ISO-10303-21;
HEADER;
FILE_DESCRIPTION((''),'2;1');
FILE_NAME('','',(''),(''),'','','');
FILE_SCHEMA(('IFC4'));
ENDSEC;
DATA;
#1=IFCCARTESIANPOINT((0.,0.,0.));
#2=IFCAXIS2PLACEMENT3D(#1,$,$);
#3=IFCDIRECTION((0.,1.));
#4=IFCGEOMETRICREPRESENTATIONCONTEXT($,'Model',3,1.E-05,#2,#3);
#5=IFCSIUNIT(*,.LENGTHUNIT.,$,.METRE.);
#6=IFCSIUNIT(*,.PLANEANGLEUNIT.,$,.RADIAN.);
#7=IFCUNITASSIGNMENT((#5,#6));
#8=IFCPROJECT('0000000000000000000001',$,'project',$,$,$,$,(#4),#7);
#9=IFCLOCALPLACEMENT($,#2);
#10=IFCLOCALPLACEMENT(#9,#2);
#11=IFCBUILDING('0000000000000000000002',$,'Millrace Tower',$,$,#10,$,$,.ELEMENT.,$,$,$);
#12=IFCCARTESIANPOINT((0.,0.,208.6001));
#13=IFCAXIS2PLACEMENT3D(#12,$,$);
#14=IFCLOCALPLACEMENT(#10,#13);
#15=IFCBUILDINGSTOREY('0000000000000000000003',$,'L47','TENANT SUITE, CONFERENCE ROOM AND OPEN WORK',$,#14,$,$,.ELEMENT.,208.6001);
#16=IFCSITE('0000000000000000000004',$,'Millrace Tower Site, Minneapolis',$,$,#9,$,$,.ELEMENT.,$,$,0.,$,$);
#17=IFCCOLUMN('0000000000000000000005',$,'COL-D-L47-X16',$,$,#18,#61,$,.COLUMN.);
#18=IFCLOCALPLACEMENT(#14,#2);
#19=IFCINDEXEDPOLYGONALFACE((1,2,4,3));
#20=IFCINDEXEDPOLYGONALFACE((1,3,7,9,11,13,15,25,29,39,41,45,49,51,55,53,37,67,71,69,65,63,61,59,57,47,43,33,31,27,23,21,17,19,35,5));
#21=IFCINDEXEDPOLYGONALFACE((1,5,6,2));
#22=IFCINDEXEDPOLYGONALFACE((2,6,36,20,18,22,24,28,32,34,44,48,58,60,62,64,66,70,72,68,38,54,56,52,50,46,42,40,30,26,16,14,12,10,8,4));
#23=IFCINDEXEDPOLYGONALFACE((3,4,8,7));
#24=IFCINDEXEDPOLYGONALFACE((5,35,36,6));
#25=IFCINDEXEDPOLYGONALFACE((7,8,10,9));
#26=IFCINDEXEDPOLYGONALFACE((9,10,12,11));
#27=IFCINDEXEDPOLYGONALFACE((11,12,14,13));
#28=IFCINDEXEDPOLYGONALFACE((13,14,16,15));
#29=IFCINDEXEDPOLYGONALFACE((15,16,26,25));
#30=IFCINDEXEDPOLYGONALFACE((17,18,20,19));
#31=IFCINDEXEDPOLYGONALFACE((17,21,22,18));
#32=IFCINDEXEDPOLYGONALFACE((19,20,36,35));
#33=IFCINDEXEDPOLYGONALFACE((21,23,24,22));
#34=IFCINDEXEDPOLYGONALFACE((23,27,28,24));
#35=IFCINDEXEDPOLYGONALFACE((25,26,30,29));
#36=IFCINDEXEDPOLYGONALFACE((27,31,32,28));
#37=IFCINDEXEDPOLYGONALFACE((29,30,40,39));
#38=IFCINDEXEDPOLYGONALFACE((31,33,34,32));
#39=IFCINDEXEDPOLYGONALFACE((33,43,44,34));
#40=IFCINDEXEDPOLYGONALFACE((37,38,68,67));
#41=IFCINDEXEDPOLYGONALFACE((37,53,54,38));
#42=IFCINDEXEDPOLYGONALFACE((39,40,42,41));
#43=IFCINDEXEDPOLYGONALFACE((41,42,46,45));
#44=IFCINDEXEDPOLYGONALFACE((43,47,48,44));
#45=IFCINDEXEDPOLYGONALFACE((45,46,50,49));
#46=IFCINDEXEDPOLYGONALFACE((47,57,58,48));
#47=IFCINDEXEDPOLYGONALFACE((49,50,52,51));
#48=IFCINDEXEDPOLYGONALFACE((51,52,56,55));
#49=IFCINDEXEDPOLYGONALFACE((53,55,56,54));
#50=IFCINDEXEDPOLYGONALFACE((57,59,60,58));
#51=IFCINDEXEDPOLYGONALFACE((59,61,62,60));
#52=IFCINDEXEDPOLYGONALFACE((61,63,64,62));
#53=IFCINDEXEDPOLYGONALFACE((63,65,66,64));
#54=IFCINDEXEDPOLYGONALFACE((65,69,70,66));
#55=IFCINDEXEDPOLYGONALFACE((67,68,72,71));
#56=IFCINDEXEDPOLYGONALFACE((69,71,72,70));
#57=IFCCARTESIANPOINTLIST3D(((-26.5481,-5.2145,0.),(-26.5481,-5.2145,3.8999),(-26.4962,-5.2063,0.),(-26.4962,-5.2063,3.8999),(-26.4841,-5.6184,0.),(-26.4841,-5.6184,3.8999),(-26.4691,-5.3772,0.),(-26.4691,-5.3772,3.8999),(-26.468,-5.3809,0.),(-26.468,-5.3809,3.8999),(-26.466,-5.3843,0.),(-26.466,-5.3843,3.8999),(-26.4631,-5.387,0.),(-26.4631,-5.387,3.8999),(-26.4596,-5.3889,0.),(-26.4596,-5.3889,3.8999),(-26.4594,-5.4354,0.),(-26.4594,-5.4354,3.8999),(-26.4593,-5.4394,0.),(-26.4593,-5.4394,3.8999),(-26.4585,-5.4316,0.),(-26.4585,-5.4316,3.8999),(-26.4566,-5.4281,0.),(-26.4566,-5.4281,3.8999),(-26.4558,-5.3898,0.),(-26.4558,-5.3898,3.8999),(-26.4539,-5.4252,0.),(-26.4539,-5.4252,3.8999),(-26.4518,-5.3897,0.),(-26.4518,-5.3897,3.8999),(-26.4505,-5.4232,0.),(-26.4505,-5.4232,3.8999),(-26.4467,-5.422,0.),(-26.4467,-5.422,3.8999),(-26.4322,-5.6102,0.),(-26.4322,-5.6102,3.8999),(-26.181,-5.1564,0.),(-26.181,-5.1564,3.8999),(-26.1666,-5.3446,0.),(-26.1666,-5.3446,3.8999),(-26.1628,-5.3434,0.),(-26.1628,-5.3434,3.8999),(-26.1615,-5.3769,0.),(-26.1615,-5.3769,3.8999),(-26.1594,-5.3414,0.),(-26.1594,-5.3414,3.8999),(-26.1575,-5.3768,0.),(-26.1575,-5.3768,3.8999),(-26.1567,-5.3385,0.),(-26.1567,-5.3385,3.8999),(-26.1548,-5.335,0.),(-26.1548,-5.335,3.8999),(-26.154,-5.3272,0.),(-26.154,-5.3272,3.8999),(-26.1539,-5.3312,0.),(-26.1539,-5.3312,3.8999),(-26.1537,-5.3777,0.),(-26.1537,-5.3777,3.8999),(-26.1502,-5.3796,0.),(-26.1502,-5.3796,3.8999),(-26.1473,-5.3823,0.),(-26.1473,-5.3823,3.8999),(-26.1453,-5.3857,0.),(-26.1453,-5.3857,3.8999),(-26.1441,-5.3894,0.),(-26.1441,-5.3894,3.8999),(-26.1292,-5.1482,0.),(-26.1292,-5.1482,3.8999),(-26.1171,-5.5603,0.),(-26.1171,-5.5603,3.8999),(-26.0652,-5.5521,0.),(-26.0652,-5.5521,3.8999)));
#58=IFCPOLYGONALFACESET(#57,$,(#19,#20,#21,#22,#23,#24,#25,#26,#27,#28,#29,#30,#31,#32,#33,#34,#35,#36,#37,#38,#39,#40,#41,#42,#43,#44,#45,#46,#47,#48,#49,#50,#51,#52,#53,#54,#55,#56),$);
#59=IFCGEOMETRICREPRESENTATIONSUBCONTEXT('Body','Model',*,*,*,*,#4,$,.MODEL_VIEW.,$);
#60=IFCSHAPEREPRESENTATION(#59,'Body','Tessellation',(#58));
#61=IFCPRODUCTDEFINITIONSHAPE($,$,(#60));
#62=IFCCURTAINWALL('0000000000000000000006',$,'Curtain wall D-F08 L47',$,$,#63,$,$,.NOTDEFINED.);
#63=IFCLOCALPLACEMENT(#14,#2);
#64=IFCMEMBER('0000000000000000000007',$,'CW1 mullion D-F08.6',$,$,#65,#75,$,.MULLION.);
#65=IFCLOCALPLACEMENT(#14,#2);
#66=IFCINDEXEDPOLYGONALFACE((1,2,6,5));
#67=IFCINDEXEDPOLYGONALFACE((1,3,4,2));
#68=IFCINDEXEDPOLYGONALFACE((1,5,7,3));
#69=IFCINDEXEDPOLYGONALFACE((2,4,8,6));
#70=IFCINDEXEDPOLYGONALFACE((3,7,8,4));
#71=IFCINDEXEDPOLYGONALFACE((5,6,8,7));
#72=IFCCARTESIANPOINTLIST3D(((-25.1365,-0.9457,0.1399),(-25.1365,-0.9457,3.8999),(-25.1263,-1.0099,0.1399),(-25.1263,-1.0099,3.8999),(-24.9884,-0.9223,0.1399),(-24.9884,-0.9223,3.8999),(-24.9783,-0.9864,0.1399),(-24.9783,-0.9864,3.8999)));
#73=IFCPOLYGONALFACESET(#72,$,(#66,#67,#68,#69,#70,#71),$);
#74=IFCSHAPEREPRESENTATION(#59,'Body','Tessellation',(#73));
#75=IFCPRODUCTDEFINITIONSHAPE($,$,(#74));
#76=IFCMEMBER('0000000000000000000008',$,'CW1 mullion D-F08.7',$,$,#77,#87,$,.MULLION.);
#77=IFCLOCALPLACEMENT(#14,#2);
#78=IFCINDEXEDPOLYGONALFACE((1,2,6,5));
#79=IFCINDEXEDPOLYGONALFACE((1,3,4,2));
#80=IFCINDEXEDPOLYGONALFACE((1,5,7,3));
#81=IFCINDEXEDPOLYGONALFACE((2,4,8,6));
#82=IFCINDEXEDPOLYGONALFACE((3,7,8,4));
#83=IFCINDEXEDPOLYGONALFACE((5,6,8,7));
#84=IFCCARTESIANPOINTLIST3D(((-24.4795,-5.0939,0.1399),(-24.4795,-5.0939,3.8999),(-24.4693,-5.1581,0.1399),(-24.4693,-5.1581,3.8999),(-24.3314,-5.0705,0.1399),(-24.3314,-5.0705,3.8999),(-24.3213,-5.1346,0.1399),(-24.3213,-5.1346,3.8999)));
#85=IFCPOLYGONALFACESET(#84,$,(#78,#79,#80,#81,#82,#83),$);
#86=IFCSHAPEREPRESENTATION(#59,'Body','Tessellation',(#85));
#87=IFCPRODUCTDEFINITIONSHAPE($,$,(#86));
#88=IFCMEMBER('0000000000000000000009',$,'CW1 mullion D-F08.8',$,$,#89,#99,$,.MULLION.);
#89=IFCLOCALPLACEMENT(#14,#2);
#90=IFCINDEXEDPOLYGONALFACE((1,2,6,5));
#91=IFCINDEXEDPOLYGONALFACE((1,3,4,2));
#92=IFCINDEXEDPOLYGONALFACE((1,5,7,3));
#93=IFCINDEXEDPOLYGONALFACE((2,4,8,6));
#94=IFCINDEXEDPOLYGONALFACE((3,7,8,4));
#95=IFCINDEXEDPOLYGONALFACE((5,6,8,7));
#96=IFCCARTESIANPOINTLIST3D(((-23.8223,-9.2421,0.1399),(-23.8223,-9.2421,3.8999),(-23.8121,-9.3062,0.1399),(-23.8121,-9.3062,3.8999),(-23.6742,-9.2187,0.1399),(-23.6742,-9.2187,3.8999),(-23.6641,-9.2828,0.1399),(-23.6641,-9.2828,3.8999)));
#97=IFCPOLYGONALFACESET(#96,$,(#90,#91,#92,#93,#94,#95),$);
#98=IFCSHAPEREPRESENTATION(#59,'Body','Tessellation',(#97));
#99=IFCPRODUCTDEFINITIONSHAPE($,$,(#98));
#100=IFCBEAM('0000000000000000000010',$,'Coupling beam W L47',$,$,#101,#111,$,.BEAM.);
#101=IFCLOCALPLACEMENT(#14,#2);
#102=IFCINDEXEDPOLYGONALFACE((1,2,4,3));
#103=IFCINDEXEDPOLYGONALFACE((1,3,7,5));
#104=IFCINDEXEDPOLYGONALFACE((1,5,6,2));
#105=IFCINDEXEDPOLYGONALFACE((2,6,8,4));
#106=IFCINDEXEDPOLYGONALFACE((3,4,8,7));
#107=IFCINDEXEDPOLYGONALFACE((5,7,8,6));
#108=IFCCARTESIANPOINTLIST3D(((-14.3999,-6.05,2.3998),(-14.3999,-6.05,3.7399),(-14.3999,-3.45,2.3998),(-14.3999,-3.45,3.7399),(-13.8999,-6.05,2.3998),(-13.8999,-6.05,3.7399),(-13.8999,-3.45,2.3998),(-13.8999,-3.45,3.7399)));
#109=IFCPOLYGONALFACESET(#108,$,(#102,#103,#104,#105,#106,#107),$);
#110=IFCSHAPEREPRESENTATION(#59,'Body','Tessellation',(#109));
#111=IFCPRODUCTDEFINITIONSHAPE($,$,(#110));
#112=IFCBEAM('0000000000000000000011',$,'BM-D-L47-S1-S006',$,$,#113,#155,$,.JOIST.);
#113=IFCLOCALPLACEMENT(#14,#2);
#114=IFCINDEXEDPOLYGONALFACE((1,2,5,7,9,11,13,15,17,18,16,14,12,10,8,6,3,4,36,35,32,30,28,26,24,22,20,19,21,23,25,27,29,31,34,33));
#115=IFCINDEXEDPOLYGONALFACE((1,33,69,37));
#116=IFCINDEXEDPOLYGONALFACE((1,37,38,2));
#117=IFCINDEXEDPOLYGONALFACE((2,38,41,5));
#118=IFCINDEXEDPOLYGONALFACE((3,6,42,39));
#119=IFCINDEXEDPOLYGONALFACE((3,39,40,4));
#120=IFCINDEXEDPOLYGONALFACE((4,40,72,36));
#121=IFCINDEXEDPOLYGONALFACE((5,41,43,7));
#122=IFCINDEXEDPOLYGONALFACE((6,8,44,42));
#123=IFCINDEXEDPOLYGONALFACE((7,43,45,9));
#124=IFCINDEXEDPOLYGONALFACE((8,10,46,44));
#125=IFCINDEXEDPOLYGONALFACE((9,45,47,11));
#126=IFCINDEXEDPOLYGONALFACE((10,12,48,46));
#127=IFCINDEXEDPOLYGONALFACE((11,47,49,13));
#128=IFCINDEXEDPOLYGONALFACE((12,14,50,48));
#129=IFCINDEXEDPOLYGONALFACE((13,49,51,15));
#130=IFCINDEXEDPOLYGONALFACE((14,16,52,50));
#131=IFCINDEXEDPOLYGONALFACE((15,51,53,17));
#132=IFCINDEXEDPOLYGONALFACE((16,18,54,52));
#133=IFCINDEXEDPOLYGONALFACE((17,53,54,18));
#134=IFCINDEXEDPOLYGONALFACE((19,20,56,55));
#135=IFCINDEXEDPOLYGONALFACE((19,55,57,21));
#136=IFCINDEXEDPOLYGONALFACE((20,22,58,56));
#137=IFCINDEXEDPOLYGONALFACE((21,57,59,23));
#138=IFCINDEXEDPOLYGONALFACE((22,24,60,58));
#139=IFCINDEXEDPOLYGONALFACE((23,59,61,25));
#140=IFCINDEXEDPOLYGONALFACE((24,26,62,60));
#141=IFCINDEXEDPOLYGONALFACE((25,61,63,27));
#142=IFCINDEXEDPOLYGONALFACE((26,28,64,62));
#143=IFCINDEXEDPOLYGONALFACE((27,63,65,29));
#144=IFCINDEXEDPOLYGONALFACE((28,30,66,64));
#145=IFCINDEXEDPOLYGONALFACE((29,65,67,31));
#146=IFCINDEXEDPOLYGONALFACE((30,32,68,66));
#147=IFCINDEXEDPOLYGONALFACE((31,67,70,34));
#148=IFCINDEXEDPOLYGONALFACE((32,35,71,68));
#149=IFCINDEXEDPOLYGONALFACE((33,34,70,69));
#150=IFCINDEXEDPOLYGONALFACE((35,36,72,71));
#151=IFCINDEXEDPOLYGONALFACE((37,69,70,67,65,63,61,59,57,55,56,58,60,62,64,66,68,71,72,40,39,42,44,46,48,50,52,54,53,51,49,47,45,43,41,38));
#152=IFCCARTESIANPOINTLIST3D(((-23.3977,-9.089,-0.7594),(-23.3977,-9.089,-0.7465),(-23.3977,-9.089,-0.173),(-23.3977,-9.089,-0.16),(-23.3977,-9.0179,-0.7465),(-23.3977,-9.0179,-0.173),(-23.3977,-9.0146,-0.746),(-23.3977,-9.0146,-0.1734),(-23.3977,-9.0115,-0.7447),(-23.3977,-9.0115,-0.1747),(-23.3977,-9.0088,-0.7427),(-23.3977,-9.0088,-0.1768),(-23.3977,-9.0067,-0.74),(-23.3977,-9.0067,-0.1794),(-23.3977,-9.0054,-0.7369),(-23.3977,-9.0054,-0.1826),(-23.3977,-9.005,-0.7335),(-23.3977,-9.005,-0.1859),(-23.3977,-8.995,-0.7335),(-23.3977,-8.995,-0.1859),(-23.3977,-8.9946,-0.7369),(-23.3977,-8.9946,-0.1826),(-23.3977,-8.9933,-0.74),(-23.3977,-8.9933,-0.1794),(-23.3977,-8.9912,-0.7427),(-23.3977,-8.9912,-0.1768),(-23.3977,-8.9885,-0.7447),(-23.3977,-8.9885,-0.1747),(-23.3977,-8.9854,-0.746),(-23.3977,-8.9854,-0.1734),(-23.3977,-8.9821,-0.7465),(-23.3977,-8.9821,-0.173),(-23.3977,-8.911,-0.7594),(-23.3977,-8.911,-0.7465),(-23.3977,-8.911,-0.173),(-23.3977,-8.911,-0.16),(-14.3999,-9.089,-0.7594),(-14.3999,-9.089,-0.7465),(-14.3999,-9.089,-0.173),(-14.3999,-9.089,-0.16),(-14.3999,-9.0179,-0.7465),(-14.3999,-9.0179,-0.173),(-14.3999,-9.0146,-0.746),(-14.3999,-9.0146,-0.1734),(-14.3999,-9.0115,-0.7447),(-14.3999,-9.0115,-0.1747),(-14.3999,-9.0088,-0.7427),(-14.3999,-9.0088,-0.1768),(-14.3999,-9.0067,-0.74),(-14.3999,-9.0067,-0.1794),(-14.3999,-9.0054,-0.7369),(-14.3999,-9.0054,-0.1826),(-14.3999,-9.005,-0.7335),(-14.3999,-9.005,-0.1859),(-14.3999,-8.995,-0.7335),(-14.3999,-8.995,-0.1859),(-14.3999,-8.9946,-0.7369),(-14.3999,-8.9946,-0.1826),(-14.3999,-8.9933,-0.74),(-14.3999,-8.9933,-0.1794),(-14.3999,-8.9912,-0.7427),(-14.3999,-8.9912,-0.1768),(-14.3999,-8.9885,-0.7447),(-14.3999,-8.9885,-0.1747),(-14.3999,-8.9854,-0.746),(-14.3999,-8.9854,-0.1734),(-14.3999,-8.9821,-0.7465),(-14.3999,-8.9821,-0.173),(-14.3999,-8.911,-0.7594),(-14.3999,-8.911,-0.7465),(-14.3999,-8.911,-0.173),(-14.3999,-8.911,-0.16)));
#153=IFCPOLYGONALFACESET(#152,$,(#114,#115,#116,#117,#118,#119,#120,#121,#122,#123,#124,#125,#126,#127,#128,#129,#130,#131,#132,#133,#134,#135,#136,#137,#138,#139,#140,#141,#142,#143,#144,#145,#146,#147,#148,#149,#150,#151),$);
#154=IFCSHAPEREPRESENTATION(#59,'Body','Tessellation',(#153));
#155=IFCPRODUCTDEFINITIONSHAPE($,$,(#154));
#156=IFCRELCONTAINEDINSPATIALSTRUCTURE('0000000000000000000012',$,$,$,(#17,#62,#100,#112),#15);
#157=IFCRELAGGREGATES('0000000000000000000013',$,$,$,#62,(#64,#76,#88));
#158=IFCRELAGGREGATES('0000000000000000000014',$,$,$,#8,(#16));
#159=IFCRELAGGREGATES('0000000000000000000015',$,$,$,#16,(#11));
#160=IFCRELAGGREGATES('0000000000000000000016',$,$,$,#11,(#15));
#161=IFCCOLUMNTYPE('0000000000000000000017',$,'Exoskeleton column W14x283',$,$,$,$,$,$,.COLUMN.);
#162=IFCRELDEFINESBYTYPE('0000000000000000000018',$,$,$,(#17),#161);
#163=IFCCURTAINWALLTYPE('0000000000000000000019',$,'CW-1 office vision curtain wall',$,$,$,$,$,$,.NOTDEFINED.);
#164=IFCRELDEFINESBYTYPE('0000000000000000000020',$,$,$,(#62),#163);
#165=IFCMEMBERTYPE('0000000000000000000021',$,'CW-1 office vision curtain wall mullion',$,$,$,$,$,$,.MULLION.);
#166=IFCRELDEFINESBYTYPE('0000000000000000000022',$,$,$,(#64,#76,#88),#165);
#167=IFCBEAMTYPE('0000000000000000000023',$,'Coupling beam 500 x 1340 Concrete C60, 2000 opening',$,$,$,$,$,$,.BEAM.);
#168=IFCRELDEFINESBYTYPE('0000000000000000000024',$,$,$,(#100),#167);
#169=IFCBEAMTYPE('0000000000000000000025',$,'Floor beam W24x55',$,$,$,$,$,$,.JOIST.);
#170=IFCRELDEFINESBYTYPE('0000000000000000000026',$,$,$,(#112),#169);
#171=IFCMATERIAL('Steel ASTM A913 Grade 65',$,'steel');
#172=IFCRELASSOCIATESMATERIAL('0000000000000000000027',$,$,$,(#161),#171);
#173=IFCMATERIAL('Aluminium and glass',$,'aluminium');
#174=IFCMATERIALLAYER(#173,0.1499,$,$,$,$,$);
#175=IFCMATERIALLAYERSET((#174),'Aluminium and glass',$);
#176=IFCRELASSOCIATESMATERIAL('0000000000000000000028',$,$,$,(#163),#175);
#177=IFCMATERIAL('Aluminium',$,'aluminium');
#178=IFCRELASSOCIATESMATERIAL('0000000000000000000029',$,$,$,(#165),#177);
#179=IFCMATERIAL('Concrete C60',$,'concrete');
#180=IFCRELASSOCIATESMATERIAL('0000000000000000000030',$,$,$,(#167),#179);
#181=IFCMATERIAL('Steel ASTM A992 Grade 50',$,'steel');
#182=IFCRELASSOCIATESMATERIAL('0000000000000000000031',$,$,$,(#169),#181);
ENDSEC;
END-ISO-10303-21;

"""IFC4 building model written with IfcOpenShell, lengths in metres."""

from ifc_helpers import new_model, si_unit, direction, frame, origin, origin_2d, place, context, subcontext, project, spatial, rectangle, i_section, extrude, material, layer, layer_set, material_profile, profile_set, type_object, element, aggregate, save


model = new_model("IFC4")

# Units and contexts
model_context = context("Model", 3, precision=1e-05, world=origin(), true_north=direction((0.0, 1.0)))
body_context = subcontext(model_context, "Body", "Model", "MODEL_VIEW")
ifc_project = project(units=[si_unit("LENGTHUNIT", "METRE"), si_unit("PLANEANGLEUNIT", "RADIAN")], contexts=[model_context])

# Site, building, storey
site_placement = place(None, origin())
site = spatial("IfcSite", under=ifc_project, at=site_placement, Name="Millrace Tower Site, Minneapolis", CompositionType="ELEMENT", RefElevation=0.0)
building_placement = place(site_placement, origin())
building = spatial("IfcBuilding", under=site, at=building_placement, Name="Millrace Tower", CompositionType="ELEMENT")
storey_placement = place(building_placement, frame((0.0, 0.0, 208.6001)))
storey = spatial("IfcBuildingStorey", under=building, at=storey_placement, Name="L47", Description="TENANT SUITE, CONFERENCE ROOM AND OPEN WORK", CompositionType="ELEMENT", Elevation=208.6001)

# Column
ifc_material_1 = material(Name="Steel ASTM A913 Grade 65", Category="steel")
ifc_material_profile_1 = material_profile(ifc_material_1, i_section(OverallWidth=0.4089, OverallDepth=0.4241, WebThickness=0.0327, FlangeThickness=0.0525, FilletRadius=0.0151, at=origin_2d()))
ifc_profile_set_1 = profile_set([ifc_material_profile_1], Name="Steel ASTM A913 Grade 65")
column_type = type_object("IfcColumnType", Name="Exoskeleton column W14x283", PredefinedType="COLUMN", material=ifc_profile_set_1)
column_placement = place(storey_placement, frame((-26.3066, -5.3833, 0.0), z_axis=(0.0, 0.0, 1.0), x_axis=(0.156434, -0.987688, 0.0)))
element("IfcColumn", 1, at=column_placement, inside=storey, type_object=column_type, Name="COL-D-L47-X16", PredefinedType="COLUMN", context=body_context, shape_type="SweptSolid", body=[
    extrude(i_section(OverallWidth=0.4089, OverallDepth=0.4241, WebThickness=0.0327, FlangeThickness=0.0525, FilletRadius=0.0151, at=origin_2d()), origin(), (0.0, 0.0, 1.0), 3.8999),
])

# Curtain wall, members
ifc_material_2 = material(Name="Aluminium and glass", Category="aluminium")
ifc_layer_1 = layer(ifc_material_2, 0.1499)
ifc_layer_set_1 = layer_set([ifc_layer_1], Name="Aluminium and glass")
curtain_wall_type = type_object("IfcCurtainWallType", Name="CW-1 office vision curtain wall", PredefinedType="NOTDEFINED", material=ifc_layer_set_1)
curtain_wall_placement = place(storey_placement, origin())
curtain_wall = element("IfcCurtainWall", 2, at=curtain_wall_placement, inside=storey, type_object=curtain_wall_type, Name="Curtain wall D-F08 L47", PredefinedType="NOTDEFINED")
ifc_material_3 = material(Name="Aluminium", Category="aluminium")
ifc_material_profile_2 = material_profile(ifc_material_3, rectangle(XDim=0.0649, YDim=0.1499, at=origin_2d()))
ifc_profile_set_2 = profile_set([ifc_material_profile_2], Name="Aluminium")
member_type = type_object("IfcMemberType", Name="CW-1 office vision curtain wall mullion", PredefinedType="MULLION", material=ifc_profile_set_2)
member_1_placement = place(storey_placement, frame((-25.0574, -0.9661, 0.1399), z_axis=(0.0, 0.0, 1.0), x_axis=(0.156434, -0.987688, 0.0)))
member_1 = element("IfcMember", 3, at=member_1_placement, type_object=member_type, Name="CW1 mullion D-F08.6", PredefinedType="MULLION", context=body_context, shape_type="SweptSolid", body=[
    extrude(rectangle(XDim=0.0649, YDim=0.1499, at=origin_2d()), origin(), (0.0, 0.0, 1.0), 3.76),
])
member_2_placement = place(storey_placement, frame((-24.4004, -5.1143, 0.1399), z_axis=(0.0, 0.0, 1.0), x_axis=(0.156434, -0.987688, 0.0)))
member_2 = element("IfcMember", 4, at=member_2_placement, type_object=member_type, Name="CW1 mullion D-F08.7", PredefinedType="MULLION", context=body_context, shape_type="SweptSolid", body=[
    extrude(rectangle(XDim=0.0649, YDim=0.1499, at=origin_2d()), origin(), (0.0, 0.0, 1.0), 3.76),
])
member_3_placement = place(storey_placement, frame((-23.7432, -9.2625, 0.1399), z_axis=(0.0, 0.0, 1.0), x_axis=(0.156434, -0.987688, 0.0)))
member_3 = element("IfcMember", 5, at=member_3_placement, type_object=member_type, Name="CW1 mullion D-F08.8", PredefinedType="MULLION", context=body_context, shape_type="SweptSolid", body=[
    extrude(rectangle(XDim=0.0649, YDim=0.1499, at=origin_2d()), origin(), (0.0, 0.0, 1.0), 3.76),
])
aggregate(curtain_wall, [member_1, member_2, member_3])

# Beams
ifc_material_4 = material(Name="Concrete C60", Category="concrete")
ifc_material_profile_3 = material_profile(ifc_material_4, rectangle(XDim=0.5, YDim=1.3401, at=origin_2d()))
ifc_profile_set_3 = profile_set([ifc_material_profile_3], Name="Concrete C60")
beam_type_1 = type_object("IfcBeamType", Name="Coupling beam 500 x 1340 Concrete C60, 2000 opening", PredefinedType="BEAM", material=ifc_profile_set_3)
beam_1_placement = place(storey_placement, frame((-14.1499, -6.05, 3.0698), z_axis=(0.0, 1.0, 0.0), x_axis=(-1.0, 0.0, 0.0)))
element("IfcBeam", 6, at=beam_1_placement, inside=storey, type_object=beam_type_1, Name="Coupling beam W L47", PredefinedType="BEAM", context=body_context, shape_type="SweptSolid", body=[
    extrude(rectangle(XDim=0.5, YDim=1.3401, at=origin_2d()), origin(), (0.0, 0.0, 1.0), 2.6001),
])
ifc_material_5 = material(Name="Steel ASTM A992 Grade 50", Category="steel")
ifc_material_profile_4 = material_profile(ifc_material_5, i_section(OverallWidth=0.178, OverallDepth=0.5994, WebThickness=0.01, FlangeThickness=0.0129, FilletRadius=0.0129, at=origin_2d()))
ifc_profile_set_4 = profile_set([ifc_material_profile_4], Name="Steel ASTM A992 Grade 50")
beam_type_2 = type_object("IfcBeamType", Name="Floor beam W24x55", PredefinedType="JOIST", material=ifc_profile_set_4)
beam_2_placement = place(storey_placement, frame((-23.3977, -9.0, -0.4597), z_axis=(1.0, 0.0, 0.0), x_axis=(0.0, 1.0, 0.0)))
element("IfcBeam", 7, at=beam_2_placement, inside=storey, type_object=beam_type_2, Name="BM-D-L47-S1-S006", PredefinedType="JOIST", context=body_context, shape_type="SweptSolid", body=[
    extrude(i_section(OverallWidth=0.178, OverallDepth=0.5994, WebThickness=0.01, FlangeThickness=0.0129, FilletRadius=0.0129, at=origin_2d()), origin(), (0.0, 0.0, 1.0), 8.9978),
])

save(model, "model.ifc")
